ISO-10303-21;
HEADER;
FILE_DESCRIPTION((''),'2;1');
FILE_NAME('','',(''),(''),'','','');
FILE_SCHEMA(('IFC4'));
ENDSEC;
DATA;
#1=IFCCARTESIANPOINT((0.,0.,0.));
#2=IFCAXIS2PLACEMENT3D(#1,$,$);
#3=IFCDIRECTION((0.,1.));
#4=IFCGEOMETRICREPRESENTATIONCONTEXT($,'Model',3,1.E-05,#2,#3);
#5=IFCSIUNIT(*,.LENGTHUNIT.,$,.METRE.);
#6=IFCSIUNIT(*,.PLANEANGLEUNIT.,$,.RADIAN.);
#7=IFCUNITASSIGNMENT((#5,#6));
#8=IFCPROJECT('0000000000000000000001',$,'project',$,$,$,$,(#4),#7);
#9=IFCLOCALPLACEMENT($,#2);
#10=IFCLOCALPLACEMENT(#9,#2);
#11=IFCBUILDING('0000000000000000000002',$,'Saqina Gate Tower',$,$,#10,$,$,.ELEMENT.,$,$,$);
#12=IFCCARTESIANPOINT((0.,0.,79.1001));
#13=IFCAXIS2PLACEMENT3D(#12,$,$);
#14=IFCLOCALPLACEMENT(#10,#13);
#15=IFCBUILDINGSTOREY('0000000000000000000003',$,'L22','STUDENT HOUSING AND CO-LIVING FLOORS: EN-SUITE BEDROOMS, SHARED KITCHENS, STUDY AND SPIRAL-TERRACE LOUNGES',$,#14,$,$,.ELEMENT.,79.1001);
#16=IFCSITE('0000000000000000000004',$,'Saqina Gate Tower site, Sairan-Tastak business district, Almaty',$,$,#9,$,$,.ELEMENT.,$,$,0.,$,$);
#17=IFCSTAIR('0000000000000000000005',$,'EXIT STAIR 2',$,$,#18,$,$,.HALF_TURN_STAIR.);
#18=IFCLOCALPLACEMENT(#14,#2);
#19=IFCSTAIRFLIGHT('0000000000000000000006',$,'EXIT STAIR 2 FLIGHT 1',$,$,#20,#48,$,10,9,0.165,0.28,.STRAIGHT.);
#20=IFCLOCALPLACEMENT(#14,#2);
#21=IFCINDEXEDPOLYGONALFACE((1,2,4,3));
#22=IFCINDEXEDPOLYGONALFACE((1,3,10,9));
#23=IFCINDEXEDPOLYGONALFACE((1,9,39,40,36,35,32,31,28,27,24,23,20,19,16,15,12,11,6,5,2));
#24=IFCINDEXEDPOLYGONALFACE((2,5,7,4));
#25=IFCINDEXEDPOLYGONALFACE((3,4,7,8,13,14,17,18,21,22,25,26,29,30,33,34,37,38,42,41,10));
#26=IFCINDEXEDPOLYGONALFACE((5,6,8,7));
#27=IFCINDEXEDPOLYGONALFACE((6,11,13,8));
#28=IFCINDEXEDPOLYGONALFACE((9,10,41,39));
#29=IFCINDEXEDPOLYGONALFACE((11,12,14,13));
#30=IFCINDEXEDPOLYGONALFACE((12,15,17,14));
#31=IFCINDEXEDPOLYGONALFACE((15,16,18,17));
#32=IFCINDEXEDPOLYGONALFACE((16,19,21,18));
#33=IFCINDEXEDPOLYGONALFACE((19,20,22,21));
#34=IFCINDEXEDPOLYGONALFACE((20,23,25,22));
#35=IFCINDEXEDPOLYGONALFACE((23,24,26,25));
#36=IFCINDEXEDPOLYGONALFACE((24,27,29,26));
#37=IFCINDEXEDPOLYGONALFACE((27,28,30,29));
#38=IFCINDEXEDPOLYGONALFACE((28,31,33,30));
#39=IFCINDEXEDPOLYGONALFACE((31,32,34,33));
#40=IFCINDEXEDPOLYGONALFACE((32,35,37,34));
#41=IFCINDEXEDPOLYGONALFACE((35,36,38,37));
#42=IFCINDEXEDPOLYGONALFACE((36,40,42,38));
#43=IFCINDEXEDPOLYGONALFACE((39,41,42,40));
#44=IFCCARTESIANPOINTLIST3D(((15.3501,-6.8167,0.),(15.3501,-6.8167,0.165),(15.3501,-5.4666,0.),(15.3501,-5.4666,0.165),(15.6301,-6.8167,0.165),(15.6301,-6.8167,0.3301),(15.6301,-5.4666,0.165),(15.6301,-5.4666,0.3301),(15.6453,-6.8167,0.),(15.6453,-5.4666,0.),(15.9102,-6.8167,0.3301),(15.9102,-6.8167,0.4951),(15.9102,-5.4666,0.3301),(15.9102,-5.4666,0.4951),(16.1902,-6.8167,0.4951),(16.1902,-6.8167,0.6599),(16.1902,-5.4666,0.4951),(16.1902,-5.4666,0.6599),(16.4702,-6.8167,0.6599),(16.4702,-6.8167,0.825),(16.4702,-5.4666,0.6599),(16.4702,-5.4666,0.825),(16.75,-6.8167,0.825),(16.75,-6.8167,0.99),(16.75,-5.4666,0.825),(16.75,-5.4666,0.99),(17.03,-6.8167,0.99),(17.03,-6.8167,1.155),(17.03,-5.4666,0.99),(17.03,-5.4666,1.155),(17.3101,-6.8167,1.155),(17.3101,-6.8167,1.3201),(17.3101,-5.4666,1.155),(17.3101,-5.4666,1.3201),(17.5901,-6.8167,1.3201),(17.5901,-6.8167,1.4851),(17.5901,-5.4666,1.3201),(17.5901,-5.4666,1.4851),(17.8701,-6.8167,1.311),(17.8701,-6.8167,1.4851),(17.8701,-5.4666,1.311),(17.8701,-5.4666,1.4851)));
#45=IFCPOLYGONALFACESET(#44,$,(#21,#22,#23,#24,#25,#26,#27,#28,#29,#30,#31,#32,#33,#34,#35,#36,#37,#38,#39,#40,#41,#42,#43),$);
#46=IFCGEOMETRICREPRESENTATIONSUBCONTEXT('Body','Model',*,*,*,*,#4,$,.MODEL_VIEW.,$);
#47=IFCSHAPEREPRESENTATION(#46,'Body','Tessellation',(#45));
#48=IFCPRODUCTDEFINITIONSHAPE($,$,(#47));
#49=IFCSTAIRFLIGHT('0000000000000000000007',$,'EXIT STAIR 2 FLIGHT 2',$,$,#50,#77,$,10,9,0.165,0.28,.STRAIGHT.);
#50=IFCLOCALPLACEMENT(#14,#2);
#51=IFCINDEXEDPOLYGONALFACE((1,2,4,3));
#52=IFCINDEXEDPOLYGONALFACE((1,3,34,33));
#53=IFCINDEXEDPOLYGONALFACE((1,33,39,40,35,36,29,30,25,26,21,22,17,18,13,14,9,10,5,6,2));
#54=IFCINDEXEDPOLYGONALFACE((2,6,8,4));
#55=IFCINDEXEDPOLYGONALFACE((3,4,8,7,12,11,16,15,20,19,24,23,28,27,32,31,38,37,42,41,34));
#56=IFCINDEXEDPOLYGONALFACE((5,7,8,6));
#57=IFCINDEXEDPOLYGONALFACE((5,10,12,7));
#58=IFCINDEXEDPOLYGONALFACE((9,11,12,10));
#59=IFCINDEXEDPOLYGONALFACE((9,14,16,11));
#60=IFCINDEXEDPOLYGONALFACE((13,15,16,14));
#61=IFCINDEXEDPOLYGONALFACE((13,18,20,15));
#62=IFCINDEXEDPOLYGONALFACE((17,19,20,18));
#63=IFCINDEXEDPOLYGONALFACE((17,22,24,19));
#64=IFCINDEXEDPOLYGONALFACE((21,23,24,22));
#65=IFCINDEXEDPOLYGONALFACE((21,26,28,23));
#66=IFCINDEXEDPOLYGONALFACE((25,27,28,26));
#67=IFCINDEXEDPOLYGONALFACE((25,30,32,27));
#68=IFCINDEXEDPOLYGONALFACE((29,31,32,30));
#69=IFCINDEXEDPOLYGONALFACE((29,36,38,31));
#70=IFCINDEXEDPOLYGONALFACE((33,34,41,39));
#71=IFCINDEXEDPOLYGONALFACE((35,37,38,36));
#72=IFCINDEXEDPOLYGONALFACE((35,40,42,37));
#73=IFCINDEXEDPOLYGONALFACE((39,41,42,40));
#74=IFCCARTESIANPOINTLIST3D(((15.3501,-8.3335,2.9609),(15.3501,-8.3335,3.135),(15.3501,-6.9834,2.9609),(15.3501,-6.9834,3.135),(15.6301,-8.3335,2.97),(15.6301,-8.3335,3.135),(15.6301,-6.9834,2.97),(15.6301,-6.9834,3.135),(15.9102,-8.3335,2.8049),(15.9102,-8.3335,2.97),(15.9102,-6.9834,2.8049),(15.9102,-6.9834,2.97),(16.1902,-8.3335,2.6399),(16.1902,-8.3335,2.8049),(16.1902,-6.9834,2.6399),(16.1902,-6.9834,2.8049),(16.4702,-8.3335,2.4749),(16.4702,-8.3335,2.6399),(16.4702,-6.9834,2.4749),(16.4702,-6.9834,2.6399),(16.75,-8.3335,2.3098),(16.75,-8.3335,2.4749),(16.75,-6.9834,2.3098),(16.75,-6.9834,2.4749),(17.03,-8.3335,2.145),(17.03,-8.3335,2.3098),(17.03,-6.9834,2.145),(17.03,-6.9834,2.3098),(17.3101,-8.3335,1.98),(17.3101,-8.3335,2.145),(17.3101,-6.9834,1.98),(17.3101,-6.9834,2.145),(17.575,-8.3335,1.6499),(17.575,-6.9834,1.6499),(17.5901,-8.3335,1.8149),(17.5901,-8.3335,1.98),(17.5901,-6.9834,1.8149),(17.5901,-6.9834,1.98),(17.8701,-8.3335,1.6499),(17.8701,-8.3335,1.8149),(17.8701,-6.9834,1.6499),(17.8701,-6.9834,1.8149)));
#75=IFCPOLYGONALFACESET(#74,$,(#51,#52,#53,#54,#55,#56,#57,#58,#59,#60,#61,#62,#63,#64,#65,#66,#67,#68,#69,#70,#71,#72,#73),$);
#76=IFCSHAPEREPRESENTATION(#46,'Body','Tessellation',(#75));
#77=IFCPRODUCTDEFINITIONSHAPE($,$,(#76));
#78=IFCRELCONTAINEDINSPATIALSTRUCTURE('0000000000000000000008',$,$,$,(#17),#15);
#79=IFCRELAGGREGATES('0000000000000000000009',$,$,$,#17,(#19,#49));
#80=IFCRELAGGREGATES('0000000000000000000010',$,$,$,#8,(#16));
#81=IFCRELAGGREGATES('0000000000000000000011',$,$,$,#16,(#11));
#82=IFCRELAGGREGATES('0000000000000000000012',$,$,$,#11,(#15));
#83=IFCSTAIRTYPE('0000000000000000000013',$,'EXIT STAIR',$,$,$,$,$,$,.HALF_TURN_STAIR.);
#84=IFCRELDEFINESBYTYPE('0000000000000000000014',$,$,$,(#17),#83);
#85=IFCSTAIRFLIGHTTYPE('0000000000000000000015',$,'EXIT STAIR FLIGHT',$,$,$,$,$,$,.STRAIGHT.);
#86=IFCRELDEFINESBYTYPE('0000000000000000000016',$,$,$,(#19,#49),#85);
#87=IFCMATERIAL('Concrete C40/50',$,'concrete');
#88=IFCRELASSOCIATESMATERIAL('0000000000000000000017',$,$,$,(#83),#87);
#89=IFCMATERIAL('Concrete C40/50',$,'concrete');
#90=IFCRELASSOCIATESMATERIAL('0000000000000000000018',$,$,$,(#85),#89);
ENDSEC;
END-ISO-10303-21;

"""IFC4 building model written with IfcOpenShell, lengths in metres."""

from ifc_helpers import new_model, si_unit, direction, frame, origin, place, context, subcontext, project, spatial, polyline, outline, extrude, material, type_object, element, aggregate, save


model = new_model("IFC4")

# Units and contexts
model_context = context("Model", 3, precision=1e-05, world=origin(), true_north=direction((0.0, 1.0)))
body_context = subcontext(model_context, "Body", "Model", "MODEL_VIEW")
ifc_project = project(units=[si_unit("LENGTHUNIT", "METRE"), si_unit("PLANEANGLEUNIT", "RADIAN")], contexts=[model_context])

# Site, building, storey
site_placement = place(None, origin())
site = spatial("IfcSite", under=ifc_project, at=site_placement, Name="Saqina Gate Tower site, Sairan-Tastak business district, Almaty", CompositionType="ELEMENT", RefElevation=0.0)
building_placement = place(site_placement, origin())
building = spatial("IfcBuilding", under=site, at=building_placement, Name="Saqina Gate Tower", CompositionType="ELEMENT")
storey_placement = place(building_placement, frame((0.0, 0.0, 79.1001)))
storey = spatial("IfcBuildingStorey", under=building, at=storey_placement, Name="L22", Description="STUDENT HOUSING AND CO-LIVING FLOORS: EN-SUITE BEDROOMS, SHARED KITCHENS, STUDY AND SPIRAL-TERRACE LOUNGES", CompositionType="ELEMENT", Elevation=79.1001)

# Stair, stair flights
ifc_material_1 = material(Name="Concrete C40/50", Category="concrete")
stair_type = type_object("IfcStairType", Name="EXIT STAIR", PredefinedType="HALF_TURN_STAIR", material=ifc_material_1)
stair_placement = place(storey_placement, origin())
stair = element("IfcStair", 1, at=stair_placement, inside=storey, type_object=stair_type, Name="EXIT STAIR 2", PredefinedType="HALF_TURN_STAIR")
ifc_material_2 = material(Name="Concrete C40/50", Category="concrete")
stair_flight_type = type_object("IfcStairFlightType", Name="EXIT STAIR FLIGHT", PredefinedType="STRAIGHT", material=ifc_material_2)
stair_flight_1_placement = place(storey_placement, frame((15.3501, -6.1416, 0.0), z_axis=(0.0, 0.0, 1.0), x_axis=(1.0, 0.0, 0.0)))
stair_flight_1 = element("IfcStairFlight", 2, at=stair_flight_1_placement, type_object=stair_flight_type, Name="EXIT STAIR 2 FLIGHT 1", NumberOfRisers=10, NumberOfTreads=9, PredefinedType="STRAIGHT", RiserHeight=0.165, TreadLength=0.28, context=body_context, shape_type="SweptSolid", body=[
    extrude(outline(polyline([(0.0, 0.0), (0.0, 0.165), (0.28, 0.165), (0.28, 0.3301), (0.5601, 0.3301), (0.5601, 0.4951), (0.8401, 0.4951), (0.8401, 0.6599), (1.1201, 0.6599), (1.1201, 0.825), (1.3999, 0.825), (1.3999, 0.99), (1.6799, 0.99), (1.6799, 1.155), (1.96, 1.155), (1.96, 1.3201), (2.24, 1.3201), (2.24, 1.4851), (2.52, 1.4851), (2.52, 1.6499), (2.52, 1.311), (0.2952, 0.0), (0.0, 0.0)])), frame((0.0, 0.675, 0.0), z_axis=(0.0, -1.0, 0.0), x_axis=(1.0, 0.0, 0.0)), (0.0, 0.0, 1.0), 1.3501),
])
stair_flight_2_placement = place(storey_placement, frame((17.8701, -7.6584, 1.6499), z_axis=(0.0, 0.0, 1.0), x_axis=(-1.0, 0.0, 0.0)))
stair_flight_2 = element("IfcStairFlight", 3, at=stair_flight_2_placement, type_object=stair_flight_type, Name="EXIT STAIR 2 FLIGHT 2", NumberOfRisers=10, NumberOfTreads=9, PredefinedType="STRAIGHT", RiserHeight=0.165, TreadLength=0.28, context=body_context, shape_type="SweptSolid", body=[
    extrude(outline(polyline([(0.0, 0.0), (0.0, 0.165), (0.28, 0.165), (0.28, 0.3301), (0.5601, 0.3301), (0.5601, 0.4951), (0.8401, 0.4951), (0.8401, 0.6599), (1.1201, 0.6599), (1.1201, 0.825), (1.3999, 0.825), (1.3999, 0.99), (1.6799, 0.99), (1.6799, 1.155), (1.96, 1.155), (1.96, 1.3201), (2.24, 1.3201), (2.24, 1.4851), (2.52, 1.4851), (2.52, 1.6499), (2.52, 1.311), (0.2952, 0.0), (0.0, 0.0)])), frame((0.0, 0.675, 0.0), z_axis=(0.0, -1.0, 0.0), x_axis=(1.0, 0.0, 0.0)), (0.0, 0.0, 1.0), 1.3501),
])
aggregate(stair, [stair_flight_1, stair_flight_2])

save(model, "model.ifc")
